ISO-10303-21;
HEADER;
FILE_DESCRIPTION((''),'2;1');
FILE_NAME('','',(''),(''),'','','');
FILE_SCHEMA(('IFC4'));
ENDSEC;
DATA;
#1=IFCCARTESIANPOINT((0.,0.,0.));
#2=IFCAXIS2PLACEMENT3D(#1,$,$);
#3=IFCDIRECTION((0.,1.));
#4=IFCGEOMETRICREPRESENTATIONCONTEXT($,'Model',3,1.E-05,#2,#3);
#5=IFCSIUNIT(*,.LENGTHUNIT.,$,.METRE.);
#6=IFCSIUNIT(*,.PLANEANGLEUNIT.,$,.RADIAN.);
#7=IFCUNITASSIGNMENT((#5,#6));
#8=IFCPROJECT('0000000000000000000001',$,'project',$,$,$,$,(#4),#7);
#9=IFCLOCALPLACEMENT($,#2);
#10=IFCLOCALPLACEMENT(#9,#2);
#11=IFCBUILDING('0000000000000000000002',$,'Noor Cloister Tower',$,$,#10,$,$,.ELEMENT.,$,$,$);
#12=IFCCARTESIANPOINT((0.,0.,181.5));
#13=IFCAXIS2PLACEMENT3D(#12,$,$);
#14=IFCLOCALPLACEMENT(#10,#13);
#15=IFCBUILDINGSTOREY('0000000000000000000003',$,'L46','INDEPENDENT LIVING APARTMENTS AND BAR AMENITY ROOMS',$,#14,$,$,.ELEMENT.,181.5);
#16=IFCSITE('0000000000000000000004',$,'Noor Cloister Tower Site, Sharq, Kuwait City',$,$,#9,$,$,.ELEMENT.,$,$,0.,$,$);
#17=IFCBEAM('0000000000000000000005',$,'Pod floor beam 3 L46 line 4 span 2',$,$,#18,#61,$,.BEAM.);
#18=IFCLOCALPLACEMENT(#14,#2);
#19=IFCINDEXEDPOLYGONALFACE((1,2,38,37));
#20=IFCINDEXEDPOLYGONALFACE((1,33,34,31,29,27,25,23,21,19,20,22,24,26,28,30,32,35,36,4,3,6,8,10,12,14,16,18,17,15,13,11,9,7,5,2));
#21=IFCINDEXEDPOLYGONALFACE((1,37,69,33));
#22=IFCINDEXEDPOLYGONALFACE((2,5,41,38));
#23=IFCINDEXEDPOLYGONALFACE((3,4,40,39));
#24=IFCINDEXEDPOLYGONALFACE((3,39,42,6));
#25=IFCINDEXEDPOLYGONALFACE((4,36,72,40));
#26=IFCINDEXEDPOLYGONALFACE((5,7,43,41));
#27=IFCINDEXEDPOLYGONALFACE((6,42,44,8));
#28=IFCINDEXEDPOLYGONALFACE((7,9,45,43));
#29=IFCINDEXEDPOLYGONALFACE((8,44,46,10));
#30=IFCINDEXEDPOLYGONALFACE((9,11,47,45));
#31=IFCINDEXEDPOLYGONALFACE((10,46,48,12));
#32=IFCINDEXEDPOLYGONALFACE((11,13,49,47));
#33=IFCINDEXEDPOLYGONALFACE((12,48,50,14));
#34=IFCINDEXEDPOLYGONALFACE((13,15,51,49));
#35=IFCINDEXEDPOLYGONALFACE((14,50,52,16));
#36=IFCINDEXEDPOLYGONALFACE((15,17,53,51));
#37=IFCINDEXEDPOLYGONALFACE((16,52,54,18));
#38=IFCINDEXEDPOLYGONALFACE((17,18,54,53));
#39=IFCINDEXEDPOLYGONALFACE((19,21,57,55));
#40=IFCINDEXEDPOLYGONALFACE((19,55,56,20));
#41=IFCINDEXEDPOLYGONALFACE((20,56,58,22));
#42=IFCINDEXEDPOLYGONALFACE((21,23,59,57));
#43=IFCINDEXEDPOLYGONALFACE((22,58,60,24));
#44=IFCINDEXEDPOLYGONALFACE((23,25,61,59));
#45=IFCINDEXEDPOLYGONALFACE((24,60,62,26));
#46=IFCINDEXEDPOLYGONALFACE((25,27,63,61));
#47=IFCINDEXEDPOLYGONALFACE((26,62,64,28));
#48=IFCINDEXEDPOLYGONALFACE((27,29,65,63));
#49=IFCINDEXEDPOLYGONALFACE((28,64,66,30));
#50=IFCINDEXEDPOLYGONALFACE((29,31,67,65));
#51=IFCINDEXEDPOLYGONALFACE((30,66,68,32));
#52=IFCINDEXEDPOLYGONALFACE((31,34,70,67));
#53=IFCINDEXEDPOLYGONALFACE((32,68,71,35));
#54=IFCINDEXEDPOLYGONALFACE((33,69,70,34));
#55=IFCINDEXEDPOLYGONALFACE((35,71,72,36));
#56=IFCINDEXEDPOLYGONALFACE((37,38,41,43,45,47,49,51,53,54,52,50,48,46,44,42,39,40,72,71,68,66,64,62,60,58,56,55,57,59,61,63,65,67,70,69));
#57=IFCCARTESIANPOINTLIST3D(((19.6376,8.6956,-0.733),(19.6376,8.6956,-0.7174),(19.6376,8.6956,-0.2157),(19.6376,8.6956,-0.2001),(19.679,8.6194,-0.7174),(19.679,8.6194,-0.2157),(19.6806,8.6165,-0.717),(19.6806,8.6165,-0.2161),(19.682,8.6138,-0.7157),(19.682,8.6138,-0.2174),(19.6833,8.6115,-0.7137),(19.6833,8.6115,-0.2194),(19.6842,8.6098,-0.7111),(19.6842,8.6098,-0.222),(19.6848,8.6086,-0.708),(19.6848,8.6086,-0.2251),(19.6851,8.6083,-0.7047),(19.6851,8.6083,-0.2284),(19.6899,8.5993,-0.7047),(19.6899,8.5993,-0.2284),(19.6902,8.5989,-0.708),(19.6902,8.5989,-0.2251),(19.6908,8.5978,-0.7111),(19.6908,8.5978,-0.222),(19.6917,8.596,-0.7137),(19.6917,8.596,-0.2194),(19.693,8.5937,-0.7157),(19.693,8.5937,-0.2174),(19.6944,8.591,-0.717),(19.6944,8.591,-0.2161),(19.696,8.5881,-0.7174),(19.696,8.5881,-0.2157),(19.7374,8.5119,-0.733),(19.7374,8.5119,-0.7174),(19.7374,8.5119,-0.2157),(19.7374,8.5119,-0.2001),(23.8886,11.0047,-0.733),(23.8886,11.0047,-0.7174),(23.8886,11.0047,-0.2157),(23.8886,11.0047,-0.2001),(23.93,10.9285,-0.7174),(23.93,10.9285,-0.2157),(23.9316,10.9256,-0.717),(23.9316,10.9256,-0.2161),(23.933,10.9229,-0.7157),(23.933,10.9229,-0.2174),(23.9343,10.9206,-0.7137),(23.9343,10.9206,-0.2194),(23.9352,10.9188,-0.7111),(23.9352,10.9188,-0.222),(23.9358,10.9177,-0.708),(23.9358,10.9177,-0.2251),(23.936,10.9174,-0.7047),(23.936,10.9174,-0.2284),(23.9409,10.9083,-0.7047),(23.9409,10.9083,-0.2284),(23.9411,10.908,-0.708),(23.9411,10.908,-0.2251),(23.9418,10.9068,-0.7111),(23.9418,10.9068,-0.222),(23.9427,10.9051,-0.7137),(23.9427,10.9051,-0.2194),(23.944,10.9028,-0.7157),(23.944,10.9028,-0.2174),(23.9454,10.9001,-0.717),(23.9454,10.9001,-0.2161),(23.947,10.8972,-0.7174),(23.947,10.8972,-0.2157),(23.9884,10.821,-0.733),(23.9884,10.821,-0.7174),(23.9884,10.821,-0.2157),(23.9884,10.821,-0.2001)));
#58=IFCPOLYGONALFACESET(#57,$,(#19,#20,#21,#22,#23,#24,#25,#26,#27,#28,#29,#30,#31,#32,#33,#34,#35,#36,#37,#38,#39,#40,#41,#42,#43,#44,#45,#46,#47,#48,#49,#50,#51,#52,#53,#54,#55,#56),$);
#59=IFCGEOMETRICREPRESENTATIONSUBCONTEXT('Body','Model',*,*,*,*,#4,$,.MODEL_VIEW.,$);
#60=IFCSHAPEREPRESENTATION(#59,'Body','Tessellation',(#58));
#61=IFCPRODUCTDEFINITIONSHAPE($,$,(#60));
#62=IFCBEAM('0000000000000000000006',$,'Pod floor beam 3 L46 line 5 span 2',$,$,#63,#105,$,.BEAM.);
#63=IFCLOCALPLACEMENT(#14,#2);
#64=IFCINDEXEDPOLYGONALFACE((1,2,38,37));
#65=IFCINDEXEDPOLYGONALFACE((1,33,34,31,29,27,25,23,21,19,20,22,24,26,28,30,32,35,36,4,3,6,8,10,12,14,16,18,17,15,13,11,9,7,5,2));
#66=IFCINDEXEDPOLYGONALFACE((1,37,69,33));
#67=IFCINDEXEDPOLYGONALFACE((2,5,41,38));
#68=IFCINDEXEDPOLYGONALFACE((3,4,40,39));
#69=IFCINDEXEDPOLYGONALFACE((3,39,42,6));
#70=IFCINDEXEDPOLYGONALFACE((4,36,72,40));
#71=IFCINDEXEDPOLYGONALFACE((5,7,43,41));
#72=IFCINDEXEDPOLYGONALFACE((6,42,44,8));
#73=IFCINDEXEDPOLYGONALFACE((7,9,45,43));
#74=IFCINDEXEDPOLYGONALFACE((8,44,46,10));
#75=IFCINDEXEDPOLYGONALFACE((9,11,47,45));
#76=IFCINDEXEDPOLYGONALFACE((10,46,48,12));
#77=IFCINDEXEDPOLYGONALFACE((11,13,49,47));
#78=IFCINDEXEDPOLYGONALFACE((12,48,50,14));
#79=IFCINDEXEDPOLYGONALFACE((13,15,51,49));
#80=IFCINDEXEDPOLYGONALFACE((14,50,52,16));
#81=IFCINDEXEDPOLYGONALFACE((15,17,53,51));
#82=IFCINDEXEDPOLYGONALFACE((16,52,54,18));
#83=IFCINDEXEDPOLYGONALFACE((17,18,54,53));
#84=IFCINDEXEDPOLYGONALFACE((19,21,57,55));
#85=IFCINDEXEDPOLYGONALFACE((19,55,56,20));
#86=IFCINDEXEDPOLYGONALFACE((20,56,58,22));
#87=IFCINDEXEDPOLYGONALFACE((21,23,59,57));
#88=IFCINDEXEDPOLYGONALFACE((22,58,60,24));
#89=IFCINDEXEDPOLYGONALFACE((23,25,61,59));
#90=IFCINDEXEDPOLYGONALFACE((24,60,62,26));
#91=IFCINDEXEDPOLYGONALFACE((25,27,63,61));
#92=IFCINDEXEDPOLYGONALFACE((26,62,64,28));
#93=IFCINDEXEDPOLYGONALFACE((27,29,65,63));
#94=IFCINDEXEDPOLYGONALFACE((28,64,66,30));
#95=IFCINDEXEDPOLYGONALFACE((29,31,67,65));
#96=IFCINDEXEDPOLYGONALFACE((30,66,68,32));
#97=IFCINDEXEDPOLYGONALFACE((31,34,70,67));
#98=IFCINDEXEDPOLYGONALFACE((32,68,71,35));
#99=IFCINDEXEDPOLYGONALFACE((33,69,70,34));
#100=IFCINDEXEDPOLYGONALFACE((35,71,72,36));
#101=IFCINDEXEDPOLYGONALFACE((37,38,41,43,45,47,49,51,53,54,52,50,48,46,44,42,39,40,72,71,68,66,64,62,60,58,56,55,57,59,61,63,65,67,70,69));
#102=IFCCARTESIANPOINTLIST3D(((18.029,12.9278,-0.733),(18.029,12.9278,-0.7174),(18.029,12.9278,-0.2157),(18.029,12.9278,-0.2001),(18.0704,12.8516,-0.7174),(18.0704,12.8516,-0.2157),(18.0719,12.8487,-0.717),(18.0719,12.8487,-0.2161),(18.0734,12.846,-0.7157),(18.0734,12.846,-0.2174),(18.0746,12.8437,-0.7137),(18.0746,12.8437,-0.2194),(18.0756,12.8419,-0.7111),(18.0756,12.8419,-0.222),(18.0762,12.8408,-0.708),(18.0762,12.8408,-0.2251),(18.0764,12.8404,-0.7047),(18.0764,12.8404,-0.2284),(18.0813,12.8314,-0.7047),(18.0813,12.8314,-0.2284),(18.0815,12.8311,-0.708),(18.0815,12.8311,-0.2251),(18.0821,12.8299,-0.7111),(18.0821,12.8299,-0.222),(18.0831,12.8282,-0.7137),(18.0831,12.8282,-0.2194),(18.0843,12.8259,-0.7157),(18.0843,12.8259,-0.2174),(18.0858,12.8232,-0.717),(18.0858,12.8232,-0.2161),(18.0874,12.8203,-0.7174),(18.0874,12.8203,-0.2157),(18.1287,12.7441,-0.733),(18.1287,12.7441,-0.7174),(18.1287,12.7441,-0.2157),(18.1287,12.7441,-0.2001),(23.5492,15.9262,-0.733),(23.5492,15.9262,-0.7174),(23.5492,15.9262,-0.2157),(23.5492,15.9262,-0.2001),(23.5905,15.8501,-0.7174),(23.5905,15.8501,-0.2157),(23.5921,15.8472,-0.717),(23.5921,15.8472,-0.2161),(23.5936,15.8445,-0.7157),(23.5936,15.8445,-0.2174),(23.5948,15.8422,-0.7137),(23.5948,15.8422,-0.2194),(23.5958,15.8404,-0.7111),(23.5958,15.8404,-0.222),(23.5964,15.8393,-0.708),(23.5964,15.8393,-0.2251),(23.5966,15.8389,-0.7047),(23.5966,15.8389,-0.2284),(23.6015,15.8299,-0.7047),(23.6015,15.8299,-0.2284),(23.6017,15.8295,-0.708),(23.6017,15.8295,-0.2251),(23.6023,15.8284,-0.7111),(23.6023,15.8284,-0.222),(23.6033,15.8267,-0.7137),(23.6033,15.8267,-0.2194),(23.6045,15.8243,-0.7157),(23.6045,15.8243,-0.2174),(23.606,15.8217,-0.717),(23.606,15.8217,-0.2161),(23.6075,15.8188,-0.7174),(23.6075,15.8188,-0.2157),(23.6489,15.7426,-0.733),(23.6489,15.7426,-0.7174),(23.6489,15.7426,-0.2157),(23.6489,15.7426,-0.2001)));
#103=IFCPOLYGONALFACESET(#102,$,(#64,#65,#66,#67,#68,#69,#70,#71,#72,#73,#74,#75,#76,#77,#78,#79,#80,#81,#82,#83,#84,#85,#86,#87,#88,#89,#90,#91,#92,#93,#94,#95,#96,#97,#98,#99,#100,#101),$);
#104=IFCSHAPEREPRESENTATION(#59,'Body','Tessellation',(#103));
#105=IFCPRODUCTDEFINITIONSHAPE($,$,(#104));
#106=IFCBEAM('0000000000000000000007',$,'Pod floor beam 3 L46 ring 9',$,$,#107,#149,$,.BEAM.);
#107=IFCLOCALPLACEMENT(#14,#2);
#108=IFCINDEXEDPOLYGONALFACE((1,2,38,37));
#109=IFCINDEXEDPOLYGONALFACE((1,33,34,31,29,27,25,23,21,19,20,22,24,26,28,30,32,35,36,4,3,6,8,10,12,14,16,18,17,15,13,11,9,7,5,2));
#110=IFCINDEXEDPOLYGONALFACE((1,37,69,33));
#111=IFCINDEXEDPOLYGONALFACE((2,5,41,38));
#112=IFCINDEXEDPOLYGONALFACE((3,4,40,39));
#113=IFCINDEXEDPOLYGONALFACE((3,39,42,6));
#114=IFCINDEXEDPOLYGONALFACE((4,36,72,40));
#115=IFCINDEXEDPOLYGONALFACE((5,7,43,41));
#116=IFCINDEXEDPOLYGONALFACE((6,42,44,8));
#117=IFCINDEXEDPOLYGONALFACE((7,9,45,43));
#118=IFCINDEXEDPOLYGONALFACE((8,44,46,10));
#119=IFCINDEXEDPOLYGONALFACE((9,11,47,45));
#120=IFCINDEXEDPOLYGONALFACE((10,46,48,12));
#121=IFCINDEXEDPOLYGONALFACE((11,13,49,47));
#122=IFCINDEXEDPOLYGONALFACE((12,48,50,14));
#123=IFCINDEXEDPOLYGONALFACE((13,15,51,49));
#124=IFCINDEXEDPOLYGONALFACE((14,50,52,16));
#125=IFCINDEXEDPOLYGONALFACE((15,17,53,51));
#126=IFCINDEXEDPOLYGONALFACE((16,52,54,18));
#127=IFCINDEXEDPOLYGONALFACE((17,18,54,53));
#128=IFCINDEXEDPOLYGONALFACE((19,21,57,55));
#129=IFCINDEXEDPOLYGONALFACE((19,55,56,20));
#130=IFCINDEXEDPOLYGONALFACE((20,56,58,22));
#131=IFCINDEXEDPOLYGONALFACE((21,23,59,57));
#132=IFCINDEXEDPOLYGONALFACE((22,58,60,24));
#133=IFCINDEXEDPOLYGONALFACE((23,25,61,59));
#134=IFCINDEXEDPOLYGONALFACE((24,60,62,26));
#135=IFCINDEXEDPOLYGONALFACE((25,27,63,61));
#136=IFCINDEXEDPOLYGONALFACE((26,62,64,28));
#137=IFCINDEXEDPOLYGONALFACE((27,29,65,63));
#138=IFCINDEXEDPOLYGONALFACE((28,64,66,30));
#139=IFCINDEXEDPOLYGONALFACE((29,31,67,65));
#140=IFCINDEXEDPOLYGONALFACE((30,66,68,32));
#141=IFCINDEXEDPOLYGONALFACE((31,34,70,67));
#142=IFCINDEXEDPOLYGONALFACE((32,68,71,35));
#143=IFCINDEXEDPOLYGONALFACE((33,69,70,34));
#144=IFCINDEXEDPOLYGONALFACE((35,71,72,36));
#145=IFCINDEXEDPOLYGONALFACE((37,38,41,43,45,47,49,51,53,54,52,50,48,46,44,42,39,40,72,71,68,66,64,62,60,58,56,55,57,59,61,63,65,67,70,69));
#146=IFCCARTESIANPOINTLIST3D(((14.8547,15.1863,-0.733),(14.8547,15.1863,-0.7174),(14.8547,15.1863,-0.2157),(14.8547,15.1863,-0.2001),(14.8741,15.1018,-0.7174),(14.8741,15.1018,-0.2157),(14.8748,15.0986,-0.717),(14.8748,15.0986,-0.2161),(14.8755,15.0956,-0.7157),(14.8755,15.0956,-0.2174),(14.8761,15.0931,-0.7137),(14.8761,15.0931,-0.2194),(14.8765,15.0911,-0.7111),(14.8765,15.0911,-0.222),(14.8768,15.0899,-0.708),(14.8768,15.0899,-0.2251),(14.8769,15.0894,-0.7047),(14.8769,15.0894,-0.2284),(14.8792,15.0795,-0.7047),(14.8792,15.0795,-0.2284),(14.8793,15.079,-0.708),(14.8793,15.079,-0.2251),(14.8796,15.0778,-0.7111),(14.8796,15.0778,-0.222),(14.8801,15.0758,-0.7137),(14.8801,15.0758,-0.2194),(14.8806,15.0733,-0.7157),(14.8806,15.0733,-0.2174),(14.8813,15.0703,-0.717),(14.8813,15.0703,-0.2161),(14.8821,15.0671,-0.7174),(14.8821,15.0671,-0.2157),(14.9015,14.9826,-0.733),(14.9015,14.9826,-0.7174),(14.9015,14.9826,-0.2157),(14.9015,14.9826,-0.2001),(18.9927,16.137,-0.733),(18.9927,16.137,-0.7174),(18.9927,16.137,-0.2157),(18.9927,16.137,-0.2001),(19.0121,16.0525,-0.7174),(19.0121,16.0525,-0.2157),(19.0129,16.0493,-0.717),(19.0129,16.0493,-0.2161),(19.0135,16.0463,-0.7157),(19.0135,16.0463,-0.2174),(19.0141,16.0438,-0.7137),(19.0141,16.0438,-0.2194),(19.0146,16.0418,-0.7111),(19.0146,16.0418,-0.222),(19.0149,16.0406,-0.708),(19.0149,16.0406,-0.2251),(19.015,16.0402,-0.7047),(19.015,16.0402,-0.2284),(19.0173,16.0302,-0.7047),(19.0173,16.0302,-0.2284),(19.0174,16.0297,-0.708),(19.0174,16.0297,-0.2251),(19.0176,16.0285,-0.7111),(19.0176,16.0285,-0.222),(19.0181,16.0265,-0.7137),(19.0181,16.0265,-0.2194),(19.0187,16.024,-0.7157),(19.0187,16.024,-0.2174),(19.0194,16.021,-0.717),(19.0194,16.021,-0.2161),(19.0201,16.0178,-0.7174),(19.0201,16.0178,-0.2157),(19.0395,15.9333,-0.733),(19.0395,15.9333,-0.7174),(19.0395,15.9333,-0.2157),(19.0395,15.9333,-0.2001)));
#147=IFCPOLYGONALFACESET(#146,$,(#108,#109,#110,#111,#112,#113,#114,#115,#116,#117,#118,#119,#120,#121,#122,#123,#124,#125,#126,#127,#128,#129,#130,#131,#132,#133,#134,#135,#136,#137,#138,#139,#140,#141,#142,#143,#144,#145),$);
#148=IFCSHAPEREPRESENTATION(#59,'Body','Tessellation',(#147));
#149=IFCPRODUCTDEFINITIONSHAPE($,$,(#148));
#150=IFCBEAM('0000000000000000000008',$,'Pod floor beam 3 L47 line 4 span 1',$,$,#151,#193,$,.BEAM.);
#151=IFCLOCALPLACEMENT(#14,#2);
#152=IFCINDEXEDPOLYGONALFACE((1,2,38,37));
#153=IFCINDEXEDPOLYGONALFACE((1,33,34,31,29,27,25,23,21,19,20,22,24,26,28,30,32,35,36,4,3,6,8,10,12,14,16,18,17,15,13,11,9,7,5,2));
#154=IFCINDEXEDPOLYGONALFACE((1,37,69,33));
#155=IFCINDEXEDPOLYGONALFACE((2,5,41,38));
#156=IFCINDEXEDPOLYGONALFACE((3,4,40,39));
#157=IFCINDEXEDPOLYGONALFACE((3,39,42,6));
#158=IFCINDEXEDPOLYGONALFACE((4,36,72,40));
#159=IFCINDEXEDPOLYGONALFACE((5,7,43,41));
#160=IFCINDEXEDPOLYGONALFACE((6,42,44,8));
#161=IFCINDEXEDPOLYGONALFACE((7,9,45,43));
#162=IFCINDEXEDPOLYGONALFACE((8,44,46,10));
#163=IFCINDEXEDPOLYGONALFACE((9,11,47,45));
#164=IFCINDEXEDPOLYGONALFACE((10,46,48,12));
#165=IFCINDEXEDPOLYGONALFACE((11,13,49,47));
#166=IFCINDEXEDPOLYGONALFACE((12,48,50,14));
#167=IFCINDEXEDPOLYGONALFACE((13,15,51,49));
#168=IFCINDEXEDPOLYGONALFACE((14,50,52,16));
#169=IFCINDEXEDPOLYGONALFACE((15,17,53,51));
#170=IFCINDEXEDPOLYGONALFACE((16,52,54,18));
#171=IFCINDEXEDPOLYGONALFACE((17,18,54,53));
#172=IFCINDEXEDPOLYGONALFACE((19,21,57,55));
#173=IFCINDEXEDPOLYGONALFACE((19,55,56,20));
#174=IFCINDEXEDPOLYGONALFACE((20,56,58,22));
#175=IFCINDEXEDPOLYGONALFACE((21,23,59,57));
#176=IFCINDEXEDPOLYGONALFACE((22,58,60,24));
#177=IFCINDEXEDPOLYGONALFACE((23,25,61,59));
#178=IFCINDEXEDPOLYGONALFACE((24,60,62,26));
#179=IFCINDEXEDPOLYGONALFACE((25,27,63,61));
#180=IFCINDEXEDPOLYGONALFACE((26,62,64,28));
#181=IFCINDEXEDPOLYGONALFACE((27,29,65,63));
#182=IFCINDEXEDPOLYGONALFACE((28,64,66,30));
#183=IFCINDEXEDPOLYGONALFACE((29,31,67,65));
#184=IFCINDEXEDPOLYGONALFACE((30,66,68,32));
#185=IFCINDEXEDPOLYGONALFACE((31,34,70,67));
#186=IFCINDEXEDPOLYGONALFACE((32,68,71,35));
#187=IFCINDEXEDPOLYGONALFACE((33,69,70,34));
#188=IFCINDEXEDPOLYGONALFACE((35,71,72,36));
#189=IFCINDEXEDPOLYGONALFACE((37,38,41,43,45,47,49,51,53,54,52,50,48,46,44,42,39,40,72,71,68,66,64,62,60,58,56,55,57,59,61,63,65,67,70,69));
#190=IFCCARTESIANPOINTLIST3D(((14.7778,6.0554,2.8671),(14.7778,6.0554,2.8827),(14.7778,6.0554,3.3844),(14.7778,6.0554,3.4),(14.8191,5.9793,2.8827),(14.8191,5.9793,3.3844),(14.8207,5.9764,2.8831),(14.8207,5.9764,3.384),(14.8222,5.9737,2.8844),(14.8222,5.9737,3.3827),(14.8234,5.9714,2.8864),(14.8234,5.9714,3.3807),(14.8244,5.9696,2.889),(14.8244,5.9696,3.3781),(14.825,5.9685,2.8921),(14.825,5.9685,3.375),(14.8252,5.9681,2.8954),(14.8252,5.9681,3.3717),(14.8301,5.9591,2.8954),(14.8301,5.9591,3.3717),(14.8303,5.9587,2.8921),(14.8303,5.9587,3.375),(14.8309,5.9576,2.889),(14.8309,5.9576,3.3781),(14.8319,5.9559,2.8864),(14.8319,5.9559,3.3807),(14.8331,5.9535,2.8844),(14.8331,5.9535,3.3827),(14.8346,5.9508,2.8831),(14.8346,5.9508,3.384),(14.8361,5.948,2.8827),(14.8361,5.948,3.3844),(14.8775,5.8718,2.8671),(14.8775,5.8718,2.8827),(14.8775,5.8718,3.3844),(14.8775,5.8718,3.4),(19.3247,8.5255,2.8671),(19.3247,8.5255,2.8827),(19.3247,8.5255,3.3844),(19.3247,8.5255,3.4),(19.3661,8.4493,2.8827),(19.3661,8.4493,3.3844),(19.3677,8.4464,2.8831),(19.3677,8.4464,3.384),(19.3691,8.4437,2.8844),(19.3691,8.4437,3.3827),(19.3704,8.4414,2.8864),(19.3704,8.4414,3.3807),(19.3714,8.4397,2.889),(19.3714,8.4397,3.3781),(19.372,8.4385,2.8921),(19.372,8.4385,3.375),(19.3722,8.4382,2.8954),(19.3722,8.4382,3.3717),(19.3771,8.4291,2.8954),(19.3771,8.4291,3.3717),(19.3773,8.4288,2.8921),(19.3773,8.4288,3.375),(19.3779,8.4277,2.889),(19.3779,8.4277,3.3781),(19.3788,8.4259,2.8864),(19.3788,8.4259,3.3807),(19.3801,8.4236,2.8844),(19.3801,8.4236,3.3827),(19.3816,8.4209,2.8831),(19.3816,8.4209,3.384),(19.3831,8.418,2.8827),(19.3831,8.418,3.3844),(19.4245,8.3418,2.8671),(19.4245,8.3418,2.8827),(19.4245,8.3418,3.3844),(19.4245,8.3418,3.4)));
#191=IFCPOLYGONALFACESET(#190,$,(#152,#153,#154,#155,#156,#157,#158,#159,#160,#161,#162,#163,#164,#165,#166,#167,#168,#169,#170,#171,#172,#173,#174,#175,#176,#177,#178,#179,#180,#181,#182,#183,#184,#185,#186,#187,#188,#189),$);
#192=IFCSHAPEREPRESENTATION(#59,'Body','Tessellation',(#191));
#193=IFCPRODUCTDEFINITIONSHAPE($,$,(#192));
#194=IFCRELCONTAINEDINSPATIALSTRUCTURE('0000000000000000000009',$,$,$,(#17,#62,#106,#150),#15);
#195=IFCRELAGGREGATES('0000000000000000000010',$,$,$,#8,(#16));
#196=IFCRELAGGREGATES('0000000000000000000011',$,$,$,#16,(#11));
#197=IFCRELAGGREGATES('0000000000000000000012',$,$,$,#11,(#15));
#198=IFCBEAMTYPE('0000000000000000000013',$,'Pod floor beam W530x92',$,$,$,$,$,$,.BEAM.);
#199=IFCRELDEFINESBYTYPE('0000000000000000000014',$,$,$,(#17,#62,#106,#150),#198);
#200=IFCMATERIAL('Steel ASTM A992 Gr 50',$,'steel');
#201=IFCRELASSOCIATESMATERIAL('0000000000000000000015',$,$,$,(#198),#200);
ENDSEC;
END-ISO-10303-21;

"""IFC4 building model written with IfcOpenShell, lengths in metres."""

from ifc_helpers import new_model, si_unit, direction, frame, origin, origin_2d, place, context, subcontext, project, spatial, i_section, extrude, material, material_profile, profile_set, type_object, element, save


model = new_model("IFC4")

# Units and contexts
model_context = context("Model", 3, precision=1e-05, world=origin(), true_north=direction((0.0, 1.0)))
body_context = subcontext(model_context, "Body", "Model", "MODEL_VIEW")
ifc_project = project(units=[si_unit("LENGTHUNIT", "METRE"), si_unit("PLANEANGLEUNIT", "RADIAN")], contexts=[model_context])

# Site, building, storey
site_placement = place(None, origin())
site = spatial("IfcSite", under=ifc_project, at=site_placement, Name="Noor Cloister Tower Site, Sharq, Kuwait City", CompositionType="ELEMENT", RefElevation=0.0)
building_placement = place(site_placement, origin())
building = spatial("IfcBuilding", under=site, at=building_placement, Name="Noor Cloister Tower", CompositionType="ELEMENT")
storey_placement = place(building_placement, frame((0.0, 0.0, 181.5)))
storey = spatial("IfcBuildingStorey", under=building, at=storey_placement, Name="L46", Description="INDEPENDENT LIVING APARTMENTS AND BAR AMENITY ROOMS", CompositionType="ELEMENT", Elevation=181.5)

# Beams
ifc_material_1 = material(Name="Steel ASTM A992 Gr 50", Category="steel")
ifc_material_profile_1 = material_profile(ifc_material_1, i_section(OverallWidth=0.209, OverallDepth=0.533, WebThickness=0.0103, FlangeThickness=0.0156, FilletRadius=0.0127, at=origin_2d()), Name="W530x92")
ifc_profile_set_1 = profile_set([ifc_material_profile_1], Name="Steel ASTM A992 Gr 50")
beam_type_1 = type_object("IfcBeamType", Name="Pod floor beam W530x92", PredefinedType="BEAM", material=ifc_profile_set_1)
beam_1_placement = place(storey_placement, frame((19.6875, 8.6038, -0.4666), z_axis=(0.878731, 0.477317, 0.0), x_axis=(-0.477317, 0.878731, 0.0)))
element("IfcBeam", 1, at=beam_1_placement, inside=storey, type_object=beam_type_1, Name="Pod floor beam 3 L46 line 4 span 2", PredefinedType="BEAM", context=body_context, shape_type="SweptSolid", body=[
    extrude(i_section(OverallWidth=0.209, OverallDepth=0.533, WebThickness=0.0103, FlangeThickness=0.0156, FilletRadius=0.0127, at=origin_2d()), origin(), (0.0, 0.0, 1.0), 4.8376),
])
beam_2_placement = place(storey_placement, frame((18.0789, 12.8359, -0.4666), z_axis=(0.878732, 0.477316, 0.0), x_axis=(-0.477316, 0.878732, 0.0)))
element("IfcBeam", 2, at=beam_2_placement, inside=storey, type_object=beam_type_1, Name="Pod floor beam 3 L46 line 5 span 2", PredefinedType="BEAM", context=body_context, shape_type="SweptSolid", body=[
    extrude(i_section(OverallWidth=0.209, OverallDepth=0.533, WebThickness=0.0103, FlangeThickness=0.0156, FilletRadius=0.0127, at=origin_2d()), origin(), (0.0, 0.0, 1.0), 6.282),
])
beam_3_placement = place(storey_placement, frame((19.0161, 16.0352, -0.4666), z_axis=(-0.974609, -0.223914, 0.0), x_axis=(0.223914, -0.974609, 0.0)))
element("IfcBeam", 3, at=beam_3_placement, inside=storey, type_object=beam_type_1, Name="Pod floor beam 3 L46 ring 9", PredefinedType="BEAM", context=body_context, shape_type="SweptSolid", body=[
    extrude(i_section(OverallWidth=0.209, OverallDepth=0.533, WebThickness=0.0103, FlangeThickness=0.0156, FilletRadius=0.0127, at=origin_2d()), origin(), (0.0, 0.0, 1.0), 4.2458),
])
beam_4_placement = place(storey_placement, frame((14.8276, 5.9636, 3.1335), z_axis=(0.878718, 0.477341, 0.0), x_axis=(-0.477341, 0.878718, 0.0)))
element("IfcBeam", 4, at=beam_4_placement, inside=storey, type_object=beam_type_1, Name="Pod floor beam 3 L47 line 4 span 1", PredefinedType="BEAM", context=body_context, shape_type="SweptSolid", body=[
    extrude(i_section(OverallWidth=0.209, OverallDepth=0.533, WebThickness=0.0103, FlangeThickness=0.0156, FilletRadius=0.0127, at=origin_2d()), origin(), (0.0, 0.0, 1.0), 5.1746),
])

save(model, "model.ifc")
